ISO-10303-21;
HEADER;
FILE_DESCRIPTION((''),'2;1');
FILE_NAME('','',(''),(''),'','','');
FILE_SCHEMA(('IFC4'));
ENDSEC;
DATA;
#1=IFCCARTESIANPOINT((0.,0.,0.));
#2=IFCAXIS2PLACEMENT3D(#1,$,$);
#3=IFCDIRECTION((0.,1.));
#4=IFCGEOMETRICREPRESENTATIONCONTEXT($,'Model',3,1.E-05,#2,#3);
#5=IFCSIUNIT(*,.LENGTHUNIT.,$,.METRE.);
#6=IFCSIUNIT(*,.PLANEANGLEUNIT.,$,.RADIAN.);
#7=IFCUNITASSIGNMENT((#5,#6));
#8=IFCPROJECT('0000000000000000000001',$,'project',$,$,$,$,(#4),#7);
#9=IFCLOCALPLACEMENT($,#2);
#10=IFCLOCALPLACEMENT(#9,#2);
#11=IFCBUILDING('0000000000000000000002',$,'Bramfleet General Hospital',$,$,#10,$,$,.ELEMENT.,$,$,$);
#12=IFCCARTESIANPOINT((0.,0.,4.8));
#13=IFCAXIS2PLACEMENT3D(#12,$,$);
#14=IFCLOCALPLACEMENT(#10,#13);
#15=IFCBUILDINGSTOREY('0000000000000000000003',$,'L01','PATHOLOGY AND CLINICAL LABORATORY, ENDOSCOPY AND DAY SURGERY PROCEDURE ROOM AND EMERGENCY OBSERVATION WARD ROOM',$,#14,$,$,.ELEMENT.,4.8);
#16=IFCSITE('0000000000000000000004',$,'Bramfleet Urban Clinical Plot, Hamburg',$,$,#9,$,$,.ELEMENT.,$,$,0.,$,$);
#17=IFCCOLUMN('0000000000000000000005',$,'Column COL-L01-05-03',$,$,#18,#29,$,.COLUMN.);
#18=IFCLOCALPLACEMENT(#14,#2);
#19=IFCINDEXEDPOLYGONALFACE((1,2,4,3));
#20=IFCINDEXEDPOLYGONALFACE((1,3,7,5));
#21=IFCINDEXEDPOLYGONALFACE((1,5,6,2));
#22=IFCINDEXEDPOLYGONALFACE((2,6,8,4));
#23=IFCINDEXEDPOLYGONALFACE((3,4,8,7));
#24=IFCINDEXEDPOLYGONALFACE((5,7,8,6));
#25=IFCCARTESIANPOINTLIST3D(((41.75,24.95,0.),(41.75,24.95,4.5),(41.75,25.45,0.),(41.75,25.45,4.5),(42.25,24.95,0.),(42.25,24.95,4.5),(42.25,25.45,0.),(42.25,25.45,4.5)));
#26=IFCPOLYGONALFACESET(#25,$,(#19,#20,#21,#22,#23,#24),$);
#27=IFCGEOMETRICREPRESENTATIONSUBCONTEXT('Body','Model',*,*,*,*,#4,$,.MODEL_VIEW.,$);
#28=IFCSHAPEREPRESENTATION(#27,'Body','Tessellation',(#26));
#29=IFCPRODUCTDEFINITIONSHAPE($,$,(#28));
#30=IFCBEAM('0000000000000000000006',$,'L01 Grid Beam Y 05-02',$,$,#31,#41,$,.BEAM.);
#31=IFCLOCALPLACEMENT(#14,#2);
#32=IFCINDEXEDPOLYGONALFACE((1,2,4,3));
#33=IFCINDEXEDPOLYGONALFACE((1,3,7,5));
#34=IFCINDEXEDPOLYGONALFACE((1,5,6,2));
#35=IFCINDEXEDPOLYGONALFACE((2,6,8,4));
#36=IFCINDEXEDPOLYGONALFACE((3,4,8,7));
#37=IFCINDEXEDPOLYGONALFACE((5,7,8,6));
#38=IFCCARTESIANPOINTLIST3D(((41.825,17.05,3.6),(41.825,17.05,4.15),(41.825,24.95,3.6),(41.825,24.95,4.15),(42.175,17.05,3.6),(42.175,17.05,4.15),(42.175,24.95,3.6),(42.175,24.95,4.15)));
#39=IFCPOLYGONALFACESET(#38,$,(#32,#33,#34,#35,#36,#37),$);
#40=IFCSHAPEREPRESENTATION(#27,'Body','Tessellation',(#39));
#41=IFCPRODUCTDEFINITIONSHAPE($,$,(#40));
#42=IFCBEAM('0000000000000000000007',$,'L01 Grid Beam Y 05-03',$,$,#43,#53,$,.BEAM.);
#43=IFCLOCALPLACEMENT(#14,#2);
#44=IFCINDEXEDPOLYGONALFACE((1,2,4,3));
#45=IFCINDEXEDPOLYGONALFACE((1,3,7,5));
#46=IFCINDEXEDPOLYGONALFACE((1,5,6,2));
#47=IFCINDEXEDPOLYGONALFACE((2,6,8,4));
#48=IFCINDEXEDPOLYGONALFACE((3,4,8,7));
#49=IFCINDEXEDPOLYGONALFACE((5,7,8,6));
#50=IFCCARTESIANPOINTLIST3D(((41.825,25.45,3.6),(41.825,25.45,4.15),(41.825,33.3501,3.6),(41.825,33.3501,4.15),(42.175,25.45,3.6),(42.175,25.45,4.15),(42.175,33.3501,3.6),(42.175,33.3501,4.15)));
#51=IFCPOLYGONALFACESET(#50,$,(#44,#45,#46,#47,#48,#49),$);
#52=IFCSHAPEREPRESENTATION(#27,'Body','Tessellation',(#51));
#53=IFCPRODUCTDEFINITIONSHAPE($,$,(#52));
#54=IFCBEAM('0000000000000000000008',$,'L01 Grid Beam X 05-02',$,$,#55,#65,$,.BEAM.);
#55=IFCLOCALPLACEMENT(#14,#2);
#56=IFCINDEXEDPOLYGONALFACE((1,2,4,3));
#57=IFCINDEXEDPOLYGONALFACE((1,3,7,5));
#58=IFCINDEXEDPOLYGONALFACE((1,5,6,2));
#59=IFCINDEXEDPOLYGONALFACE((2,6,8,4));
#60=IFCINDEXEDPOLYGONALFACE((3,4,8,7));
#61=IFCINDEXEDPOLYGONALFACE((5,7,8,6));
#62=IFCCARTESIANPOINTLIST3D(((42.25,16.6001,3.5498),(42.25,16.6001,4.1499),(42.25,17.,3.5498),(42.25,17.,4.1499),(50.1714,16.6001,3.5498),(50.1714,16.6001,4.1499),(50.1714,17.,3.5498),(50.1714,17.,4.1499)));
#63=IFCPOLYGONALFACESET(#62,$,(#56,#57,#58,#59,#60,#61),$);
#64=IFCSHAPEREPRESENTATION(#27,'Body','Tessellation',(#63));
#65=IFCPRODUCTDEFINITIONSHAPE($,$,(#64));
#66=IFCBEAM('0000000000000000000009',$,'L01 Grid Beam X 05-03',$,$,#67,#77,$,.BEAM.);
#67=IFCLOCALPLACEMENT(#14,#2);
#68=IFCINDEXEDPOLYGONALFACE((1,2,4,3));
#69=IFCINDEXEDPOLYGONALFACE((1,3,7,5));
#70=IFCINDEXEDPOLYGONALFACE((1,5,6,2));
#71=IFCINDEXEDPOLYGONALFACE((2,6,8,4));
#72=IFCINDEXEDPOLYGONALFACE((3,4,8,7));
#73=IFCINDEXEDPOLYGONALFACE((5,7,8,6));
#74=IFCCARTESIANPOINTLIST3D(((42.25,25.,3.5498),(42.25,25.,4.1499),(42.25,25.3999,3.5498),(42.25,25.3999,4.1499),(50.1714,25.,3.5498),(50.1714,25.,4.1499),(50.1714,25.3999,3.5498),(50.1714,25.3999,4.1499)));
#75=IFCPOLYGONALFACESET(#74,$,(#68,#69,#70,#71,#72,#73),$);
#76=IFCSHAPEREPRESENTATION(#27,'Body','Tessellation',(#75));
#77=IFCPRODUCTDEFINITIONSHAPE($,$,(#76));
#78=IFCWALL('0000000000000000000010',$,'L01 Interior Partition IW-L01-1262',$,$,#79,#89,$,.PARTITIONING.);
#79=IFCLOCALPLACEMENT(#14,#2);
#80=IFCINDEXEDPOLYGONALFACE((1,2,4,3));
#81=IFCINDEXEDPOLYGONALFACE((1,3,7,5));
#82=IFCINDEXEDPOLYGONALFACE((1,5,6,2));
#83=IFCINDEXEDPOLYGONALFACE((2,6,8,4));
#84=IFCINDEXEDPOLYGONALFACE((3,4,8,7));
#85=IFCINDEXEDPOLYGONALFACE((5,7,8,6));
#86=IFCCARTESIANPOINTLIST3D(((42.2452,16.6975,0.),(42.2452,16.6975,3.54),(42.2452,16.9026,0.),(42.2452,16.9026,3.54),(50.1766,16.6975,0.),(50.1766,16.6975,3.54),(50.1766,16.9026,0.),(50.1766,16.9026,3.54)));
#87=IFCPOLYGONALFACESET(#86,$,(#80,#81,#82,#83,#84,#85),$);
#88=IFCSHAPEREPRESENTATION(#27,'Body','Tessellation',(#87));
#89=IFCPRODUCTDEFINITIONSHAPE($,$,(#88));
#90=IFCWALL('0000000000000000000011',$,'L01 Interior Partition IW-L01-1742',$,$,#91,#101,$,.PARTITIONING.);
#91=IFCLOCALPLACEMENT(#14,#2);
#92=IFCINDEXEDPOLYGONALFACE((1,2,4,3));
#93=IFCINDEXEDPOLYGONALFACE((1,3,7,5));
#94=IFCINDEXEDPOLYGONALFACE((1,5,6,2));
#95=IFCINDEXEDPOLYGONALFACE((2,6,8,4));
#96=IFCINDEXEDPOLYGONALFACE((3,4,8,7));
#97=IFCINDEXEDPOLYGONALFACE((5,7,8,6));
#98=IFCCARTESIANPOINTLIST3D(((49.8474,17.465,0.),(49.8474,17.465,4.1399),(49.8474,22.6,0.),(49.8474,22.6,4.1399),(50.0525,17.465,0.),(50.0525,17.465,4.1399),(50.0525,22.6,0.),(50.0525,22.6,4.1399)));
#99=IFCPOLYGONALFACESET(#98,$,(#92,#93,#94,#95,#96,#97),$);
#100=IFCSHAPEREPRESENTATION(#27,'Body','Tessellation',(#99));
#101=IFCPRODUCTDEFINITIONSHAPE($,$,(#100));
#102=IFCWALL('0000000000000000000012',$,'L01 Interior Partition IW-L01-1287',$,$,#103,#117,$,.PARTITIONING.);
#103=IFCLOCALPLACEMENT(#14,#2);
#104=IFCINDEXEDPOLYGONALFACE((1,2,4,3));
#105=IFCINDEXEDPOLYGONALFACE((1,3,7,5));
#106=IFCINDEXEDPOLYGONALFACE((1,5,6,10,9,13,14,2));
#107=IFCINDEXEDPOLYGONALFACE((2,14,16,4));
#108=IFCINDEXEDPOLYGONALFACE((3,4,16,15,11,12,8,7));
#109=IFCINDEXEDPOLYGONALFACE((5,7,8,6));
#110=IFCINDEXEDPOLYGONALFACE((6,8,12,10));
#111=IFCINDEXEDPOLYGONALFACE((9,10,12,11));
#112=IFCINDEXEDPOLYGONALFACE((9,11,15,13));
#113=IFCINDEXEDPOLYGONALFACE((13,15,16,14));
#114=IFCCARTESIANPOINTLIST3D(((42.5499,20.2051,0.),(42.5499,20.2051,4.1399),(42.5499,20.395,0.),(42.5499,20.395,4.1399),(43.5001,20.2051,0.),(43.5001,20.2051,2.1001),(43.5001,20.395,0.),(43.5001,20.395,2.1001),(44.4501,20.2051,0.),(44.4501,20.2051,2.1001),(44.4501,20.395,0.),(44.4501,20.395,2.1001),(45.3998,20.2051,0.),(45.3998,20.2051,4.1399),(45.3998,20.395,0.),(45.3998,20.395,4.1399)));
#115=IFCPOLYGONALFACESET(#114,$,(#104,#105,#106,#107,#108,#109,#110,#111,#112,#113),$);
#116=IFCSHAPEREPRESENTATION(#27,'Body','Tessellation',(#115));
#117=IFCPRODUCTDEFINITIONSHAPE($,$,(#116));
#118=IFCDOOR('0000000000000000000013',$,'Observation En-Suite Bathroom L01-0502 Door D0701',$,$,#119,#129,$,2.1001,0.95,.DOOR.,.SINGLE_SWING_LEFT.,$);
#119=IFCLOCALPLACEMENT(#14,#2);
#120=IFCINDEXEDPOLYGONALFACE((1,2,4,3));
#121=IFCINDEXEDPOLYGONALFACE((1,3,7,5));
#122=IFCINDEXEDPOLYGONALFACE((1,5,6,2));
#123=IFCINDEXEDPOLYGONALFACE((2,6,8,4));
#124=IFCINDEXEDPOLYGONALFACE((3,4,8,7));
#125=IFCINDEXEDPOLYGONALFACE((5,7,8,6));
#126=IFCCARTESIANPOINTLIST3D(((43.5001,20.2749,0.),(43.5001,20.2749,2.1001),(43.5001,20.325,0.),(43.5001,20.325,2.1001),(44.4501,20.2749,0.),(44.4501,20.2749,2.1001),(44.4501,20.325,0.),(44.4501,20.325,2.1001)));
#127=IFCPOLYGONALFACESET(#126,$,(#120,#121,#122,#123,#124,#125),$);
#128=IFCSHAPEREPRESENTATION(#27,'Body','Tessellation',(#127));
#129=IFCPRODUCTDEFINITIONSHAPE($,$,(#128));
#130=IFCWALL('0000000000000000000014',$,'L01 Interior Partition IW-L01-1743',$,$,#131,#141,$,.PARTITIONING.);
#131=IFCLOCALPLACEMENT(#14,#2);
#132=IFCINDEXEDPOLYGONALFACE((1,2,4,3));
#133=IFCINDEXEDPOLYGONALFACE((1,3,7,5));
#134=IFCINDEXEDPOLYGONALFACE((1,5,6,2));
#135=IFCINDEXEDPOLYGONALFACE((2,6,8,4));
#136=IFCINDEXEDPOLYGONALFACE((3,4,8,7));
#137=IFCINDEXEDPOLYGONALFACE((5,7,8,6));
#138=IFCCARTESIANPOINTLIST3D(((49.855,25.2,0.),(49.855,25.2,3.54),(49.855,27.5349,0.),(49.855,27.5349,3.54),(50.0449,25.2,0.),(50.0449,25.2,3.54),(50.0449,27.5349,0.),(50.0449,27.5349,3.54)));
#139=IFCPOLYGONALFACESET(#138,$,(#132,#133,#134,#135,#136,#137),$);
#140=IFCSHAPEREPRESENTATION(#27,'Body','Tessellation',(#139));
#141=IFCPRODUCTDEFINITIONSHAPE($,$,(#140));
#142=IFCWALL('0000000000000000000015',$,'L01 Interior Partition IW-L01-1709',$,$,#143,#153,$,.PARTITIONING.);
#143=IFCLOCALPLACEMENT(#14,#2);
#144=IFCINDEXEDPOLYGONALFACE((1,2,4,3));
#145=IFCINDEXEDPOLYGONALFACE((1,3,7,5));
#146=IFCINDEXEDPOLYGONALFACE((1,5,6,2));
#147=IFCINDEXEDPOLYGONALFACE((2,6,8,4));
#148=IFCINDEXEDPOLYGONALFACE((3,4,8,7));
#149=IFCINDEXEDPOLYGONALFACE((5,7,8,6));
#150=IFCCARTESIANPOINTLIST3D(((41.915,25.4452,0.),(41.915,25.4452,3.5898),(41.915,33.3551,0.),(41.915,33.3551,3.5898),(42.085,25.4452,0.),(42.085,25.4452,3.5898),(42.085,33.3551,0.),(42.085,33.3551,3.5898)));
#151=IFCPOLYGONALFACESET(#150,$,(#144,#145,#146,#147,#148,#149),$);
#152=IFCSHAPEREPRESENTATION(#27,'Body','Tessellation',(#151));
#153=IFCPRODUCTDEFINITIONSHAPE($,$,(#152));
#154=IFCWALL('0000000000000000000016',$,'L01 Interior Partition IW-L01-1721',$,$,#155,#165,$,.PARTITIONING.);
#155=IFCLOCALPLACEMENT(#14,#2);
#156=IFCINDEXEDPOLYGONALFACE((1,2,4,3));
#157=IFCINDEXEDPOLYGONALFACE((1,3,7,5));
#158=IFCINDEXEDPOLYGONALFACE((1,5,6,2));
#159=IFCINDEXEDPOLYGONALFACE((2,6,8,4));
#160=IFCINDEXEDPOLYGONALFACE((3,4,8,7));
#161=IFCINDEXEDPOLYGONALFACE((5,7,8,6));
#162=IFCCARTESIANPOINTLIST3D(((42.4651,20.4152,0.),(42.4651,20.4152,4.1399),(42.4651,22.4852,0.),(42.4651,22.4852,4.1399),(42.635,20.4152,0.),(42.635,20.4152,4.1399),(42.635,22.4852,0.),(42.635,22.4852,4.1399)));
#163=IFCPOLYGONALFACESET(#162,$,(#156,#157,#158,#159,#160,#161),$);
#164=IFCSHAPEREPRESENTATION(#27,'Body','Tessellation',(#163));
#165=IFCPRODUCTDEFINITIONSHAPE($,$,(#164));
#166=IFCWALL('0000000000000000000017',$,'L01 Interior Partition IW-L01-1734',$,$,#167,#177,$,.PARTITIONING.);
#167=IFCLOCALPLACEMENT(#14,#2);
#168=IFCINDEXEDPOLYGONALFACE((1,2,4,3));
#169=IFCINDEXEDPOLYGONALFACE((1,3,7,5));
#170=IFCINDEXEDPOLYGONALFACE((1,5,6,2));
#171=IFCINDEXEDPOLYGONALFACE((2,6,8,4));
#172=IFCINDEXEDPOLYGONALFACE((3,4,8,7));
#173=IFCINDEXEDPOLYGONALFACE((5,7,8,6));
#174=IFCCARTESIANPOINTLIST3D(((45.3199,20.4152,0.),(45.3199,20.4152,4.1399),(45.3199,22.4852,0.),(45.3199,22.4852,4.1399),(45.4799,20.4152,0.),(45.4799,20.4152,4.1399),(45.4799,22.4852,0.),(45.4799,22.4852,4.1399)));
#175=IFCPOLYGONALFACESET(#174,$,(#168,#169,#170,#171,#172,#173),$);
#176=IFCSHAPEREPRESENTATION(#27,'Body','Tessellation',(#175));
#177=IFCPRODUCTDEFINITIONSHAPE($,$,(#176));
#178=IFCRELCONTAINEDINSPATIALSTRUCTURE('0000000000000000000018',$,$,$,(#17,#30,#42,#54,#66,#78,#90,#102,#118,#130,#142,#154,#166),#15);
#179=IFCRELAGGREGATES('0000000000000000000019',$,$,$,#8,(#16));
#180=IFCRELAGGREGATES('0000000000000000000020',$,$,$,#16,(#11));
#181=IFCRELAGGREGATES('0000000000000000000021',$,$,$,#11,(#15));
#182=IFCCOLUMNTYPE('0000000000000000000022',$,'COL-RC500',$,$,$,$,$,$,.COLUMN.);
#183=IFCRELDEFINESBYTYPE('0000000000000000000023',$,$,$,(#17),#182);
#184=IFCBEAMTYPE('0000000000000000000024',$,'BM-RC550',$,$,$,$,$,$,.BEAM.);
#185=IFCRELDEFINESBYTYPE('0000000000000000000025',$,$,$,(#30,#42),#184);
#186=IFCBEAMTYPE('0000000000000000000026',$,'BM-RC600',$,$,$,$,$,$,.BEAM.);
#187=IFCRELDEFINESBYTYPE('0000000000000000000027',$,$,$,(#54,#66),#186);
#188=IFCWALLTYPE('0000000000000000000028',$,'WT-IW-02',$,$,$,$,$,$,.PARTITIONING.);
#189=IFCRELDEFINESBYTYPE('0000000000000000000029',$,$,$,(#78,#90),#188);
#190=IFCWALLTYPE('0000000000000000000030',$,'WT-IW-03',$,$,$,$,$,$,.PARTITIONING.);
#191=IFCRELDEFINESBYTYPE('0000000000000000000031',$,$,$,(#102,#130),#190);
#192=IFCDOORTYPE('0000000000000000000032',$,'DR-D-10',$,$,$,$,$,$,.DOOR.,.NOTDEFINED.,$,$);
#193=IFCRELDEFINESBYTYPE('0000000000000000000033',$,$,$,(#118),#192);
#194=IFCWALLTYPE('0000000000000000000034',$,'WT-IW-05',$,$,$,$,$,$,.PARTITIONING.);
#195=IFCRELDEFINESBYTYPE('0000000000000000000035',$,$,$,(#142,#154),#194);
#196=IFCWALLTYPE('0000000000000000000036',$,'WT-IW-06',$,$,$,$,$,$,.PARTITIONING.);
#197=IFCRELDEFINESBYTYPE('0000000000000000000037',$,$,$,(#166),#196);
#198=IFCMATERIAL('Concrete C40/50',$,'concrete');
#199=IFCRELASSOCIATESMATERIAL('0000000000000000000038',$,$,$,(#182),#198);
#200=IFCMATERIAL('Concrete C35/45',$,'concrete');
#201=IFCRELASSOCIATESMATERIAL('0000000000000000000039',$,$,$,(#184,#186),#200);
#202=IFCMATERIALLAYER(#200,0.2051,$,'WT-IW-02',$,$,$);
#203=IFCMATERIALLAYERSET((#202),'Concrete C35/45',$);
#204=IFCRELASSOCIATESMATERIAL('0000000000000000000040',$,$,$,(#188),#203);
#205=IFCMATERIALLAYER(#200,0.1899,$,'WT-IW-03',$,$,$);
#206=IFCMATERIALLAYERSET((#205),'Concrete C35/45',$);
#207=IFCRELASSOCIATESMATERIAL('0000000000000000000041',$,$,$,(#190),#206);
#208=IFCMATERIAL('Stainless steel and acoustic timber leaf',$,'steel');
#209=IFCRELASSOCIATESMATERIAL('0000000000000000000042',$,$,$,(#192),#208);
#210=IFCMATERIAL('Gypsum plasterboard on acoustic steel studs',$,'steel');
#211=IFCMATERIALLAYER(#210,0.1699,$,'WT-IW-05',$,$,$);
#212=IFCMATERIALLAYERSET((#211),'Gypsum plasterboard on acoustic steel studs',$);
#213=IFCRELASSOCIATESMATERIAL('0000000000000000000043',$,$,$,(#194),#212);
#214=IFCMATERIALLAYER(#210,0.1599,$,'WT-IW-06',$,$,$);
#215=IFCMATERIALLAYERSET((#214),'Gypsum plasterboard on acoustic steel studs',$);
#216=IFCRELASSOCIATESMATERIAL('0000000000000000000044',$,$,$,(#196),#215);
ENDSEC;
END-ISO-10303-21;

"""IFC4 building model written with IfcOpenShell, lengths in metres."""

from ifc_helpers import new_model, si_unit, direction, frame, frame_2d, origin, origin_2d, place, context, subcontext, project, spatial, rectangle, extrude, material, layer, layer_set, material_profile, profile_set, type_object, element, fill, save


model = new_model("IFC4")

# Units and contexts
model_context = context("Model", 3, precision=1e-05, world=origin(), true_north=direction((0.0, 1.0)))
body_context = subcontext(model_context, "Body", "Model", "MODEL_VIEW")
ifc_project = project(units=[si_unit("LENGTHUNIT", "METRE"), si_unit("PLANEANGLEUNIT", "RADIAN")], contexts=[model_context])

# Site, building, storey
site_placement = place(None, origin())
site = spatial("IfcSite", under=ifc_project, at=site_placement, Name="Bramfleet Urban Clinical Plot, Hamburg", CompositionType="ELEMENT", RefElevation=0.0)
building_placement = place(site_placement, origin())
building = spatial("IfcBuilding", under=site, at=building_placement, Name="Bramfleet General Hospital", CompositionType="ELEMENT")
storey_placement = place(building_placement, frame((0.0, 0.0, 4.8)))
storey = spatial("IfcBuildingStorey", under=building, at=storey_placement, Name="L01", Description="PATHOLOGY AND CLINICAL LABORATORY, ENDOSCOPY AND DAY SURGERY PROCEDURE ROOM AND EMERGENCY OBSERVATION WARD ROOM", CompositionType="ELEMENT", Elevation=4.8)

# Column
ifc_material_1 = material(Name="Concrete C40/50", Category="concrete")
ifc_material_profile_1 = material_profile(ifc_material_1, rectangle(XDim=0.5, YDim=0.5, at=origin_2d()), Name="RC COL 500x500")
ifc_profile_set_1 = profile_set([ifc_material_profile_1], Name="Concrete C40/50")
column_type = type_object("IfcColumnType", Name="COL-RC500", PredefinedType="COLUMN", material=ifc_profile_set_1)
column_placement = place(storey_placement, frame((42.0, 25.2, 0.0), z_axis=(0.0, 0.0, 1.0), x_axis=(1.0, 0.0, 0.0)))
element("IfcColumn", 1, at=column_placement, inside=storey, type_object=column_type, Name="Column COL-L01-05-03", PredefinedType="COLUMN", context=body_context, shape_type="SweptSolid", body=[
    extrude(rectangle(XDim=0.5, YDim=0.5, at=origin_2d()), origin(), (0.0, 0.0, 1.0), 4.5),
])

# Beams
ifc_material_2 = material(Name="Concrete C35/45", Category="concrete")
ifc_material_profile_2 = material_profile(ifc_material_2, rectangle(XDim=0.3501, YDim=0.55, at=origin_2d()), Name="RC BM 550x350")
ifc_profile_set_2 = profile_set([ifc_material_profile_2], Name="Concrete C35/45")
beam_type_1 = type_object("IfcBeamType", Name="BM-RC550", PredefinedType="BEAM", material=ifc_profile_set_2)
beam_1_placement = place(storey_placement, frame((42.0, 17.05, 3.875), z_axis=(0.0, 1.0, 0.0), x_axis=(-1.0, 0.0, 0.0)))
element("IfcBeam", 2, at=beam_1_placement, inside=storey, type_object=beam_type_1, Name="L01 Grid Beam Y 05-02", PredefinedType="BEAM", context=body_context, shape_type="SweptSolid", body=[
    extrude(rectangle(XDim=0.3501, YDim=0.55, at=origin_2d()), origin(), (0.0, 0.0, 1.0), 7.8999),
])
beam_2_placement = place(storey_placement, frame((42.0, 25.45, 3.875), z_axis=(0.0, 1.0, 0.0), x_axis=(-1.0, 0.0, 0.0)))
element("IfcBeam", 3, at=beam_2_placement, inside=storey, type_object=beam_type_1, Name="L01 Grid Beam Y 05-03", PredefinedType="BEAM", context=body_context, shape_type="SweptSolid", body=[
    extrude(rectangle(XDim=0.3501, YDim=0.55, at=origin_2d()), origin(), (0.0, 0.0, 1.0), 7.9001),
])
ifc_material_profile_3 = material_profile(ifc_material_2, rectangle(XDim=0.3999, YDim=0.6001, at=origin_2d()), Name="RC BM 600x400")
ifc_profile_set_3 = profile_set([ifc_material_profile_3], Name="Concrete C35/45")
beam_type_2 = type_object("IfcBeamType", Name="BM-RC600", PredefinedType="BEAM", material=ifc_profile_set_3)
for number, where, z_axis, x_axis, name in (
    (4, (42.25, 16.8, 3.8499), (1.0, 0.0, 0.0), (0.0, 1.0, 0.0), "L01 Grid Beam X 05-02"),
    (5, (42.25, 25.2, 3.8499), (1.0, 0.0, 0.0), (0.0, 1.0, 0.0), "L01 Grid Beam X 05-03"),
):
    element("IfcBeam", number, at=place(storey_placement, frame(where, z_axis=z_axis, x_axis=x_axis)), inside=storey, type_object=beam_type_2, Name=name, PredefinedType="BEAM", context=body_context, shape_type="SweptSolid", body=[
        extrude(rectangle(XDim=0.3999, YDim=0.6001, at=origin_2d()), origin(), (0.0, 0.0, 1.0), 7.9214),
    ])

# Walls
ifc_layer_1 = layer(ifc_material_2, 0.2051, Name="WT-IW-02")
ifc_layer_set_1 = layer_set([ifc_layer_1], Name="Concrete C35/45")
wall_type_1 = type_object("IfcWallType", Name="WT-IW-02", PredefinedType="PARTITIONING", material=ifc_layer_set_1)
wall_1_placement = place(storey_placement, frame((42.2451, 16.8, 0.0), z_axis=(0.0, 0.0, 1.0), x_axis=(1.0, 0.0, 0.0)))
element("IfcWall", 6, at=wall_1_placement, inside=storey, type_object=wall_type_1, Name="L01 Interior Partition IW-L01-1262", PredefinedType="PARTITIONING", context=body_context, shape_type="SweptSolid", body=[
    extrude(rectangle(XDim=7.9314, YDim=0.2051, at=frame_2d((3.9658, 0.0))), origin(), (0.0, 0.0, 1.0), 3.54),
])
wall_2_placement = place(storey_placement, frame((49.95, 17.4651, 0.0), z_axis=(0.0, 0.0, 1.0), x_axis=(0.0, 1.0, 0.0)))
element("IfcWall", 7, at=wall_2_placement, inside=storey, type_object=wall_type_1, Name="L01 Interior Partition IW-L01-1742", PredefinedType="PARTITIONING", context=body_context, shape_type="SweptSolid", body=[
    extrude(rectangle(XDim=5.135, YDim=0.2051, at=frame_2d((2.5674, 0.0))), origin(), (0.0, 0.0, 1.0), 4.1399),
])

# Wall, opening, door
ifc_layer_2 = layer(ifc_material_2, 0.1899, Name="WT-IW-03")
ifc_layer_set_2 = layer_set([ifc_layer_2], Name="Concrete C35/45")
wall_type_2 = type_object("IfcWallType", Name="WT-IW-03", PredefinedType="PARTITIONING", material=ifc_layer_set_2)
wall_3_placement = place(storey_placement, frame((42.55, 20.3, 0.0), z_axis=(0.0, 0.0, 1.0), x_axis=(1.0, 0.0, 0.0)))
wall_3 = element("IfcWall", 8, at=wall_3_placement, inside=storey, type_object=wall_type_2, Name="L01 Interior Partition IW-L01-1287", PredefinedType="PARTITIONING", context=body_context, shape_type="SweptSolid", body=[
    extrude(rectangle(XDim=2.8499, YDim=0.1899, at=frame_2d((1.4248, 0.0))), origin(), (0.0, 0.0, 1.0), 4.1399),
])
opening_1_placement = place(wall_3_placement, frame((0.95, 0.0, 0.0)))
opening_1 = element("IfcOpeningElement", 9, at=opening_1_placement, cuts=wall_3, PredefinedType="OPENING", context=body_context, shape_type="SweptSolid", body=[
    extrude(rectangle(XDim=0.95, YDim=2.1001, at=frame_2d((0.4751, 1.05))), frame((0.0, 0.105, 0.0), z_axis=(0.0, -1.0, 0.0), x_axis=(1.0, 0.0, 0.0)), (0.0, 0.0, 1.0), 0.21),
])
ifc_material_3 = material(Name="Stainless steel and acoustic timber leaf", Category="steel")
door_type_1 = type_object("IfcDoorType", Name="DR-D-10", OperationType="NOTDEFINED", PredefinedType="DOOR", material=ifc_material_3)
door_1_placement = place(opening_1_placement, origin())
door_1 = element("IfcDoor", 10, at=door_1_placement, inside=storey, type_object=door_type_1, Name="Observation En-Suite Bathroom L01-0502 Door D0701", OperationType="SINGLE_SWING_LEFT", OverallHeight=2.1001, OverallWidth=0.95, PredefinedType="DOOR", context=body_context, shape_type="SweptSolid", body=[
    extrude(rectangle(XDim=0.95, YDim=2.1001, at=frame_2d((0.4751, 1.05))), frame((0.0, 0.0249, 0.0), z_axis=(0.0, -1.0, 0.0), x_axis=(1.0, 0.0, 0.0)), (0.0, 0.0, 1.0), 0.05),
])
fill(opening_1, door_1)

# Walls
wall_4_placement = place(storey_placement, frame((49.95, 25.2, 0.0), z_axis=(0.0, 0.0, 1.0), x_axis=(0.0, 1.0, 0.0)))
element("IfcWall", 11, at=wall_4_placement, inside=storey, type_object=wall_type_2, Name="L01 Interior Partition IW-L01-1743", PredefinedType="PARTITIONING", context=body_context, shape_type="SweptSolid", body=[
    extrude(rectangle(XDim=2.335, YDim=0.1899, at=frame_2d((1.1675, 0.0))), origin(), (0.0, 0.0, 1.0), 3.54),
])
ifc_material_4 = material(Name="Gypsum plasterboard on acoustic steel studs", Category="steel")
ifc_layer_3 = layer(ifc_material_4, 0.1699, Name="WT-IW-05")
ifc_layer_set_3 = layer_set([ifc_layer_3], Name="Gypsum plasterboard on acoustic steel studs")
wall_type_3 = type_object("IfcWallType", Name="WT-IW-05", PredefinedType="PARTITIONING", material=ifc_layer_set_3)
wall_5_placement = place(storey_placement, frame((42.0, 25.4451, 0.0), z_axis=(0.0, 0.0, 1.0), x_axis=(0.0, 1.0, 0.0)))
element("IfcWall", 12, at=wall_5_placement, inside=storey, type_object=wall_type_3, Name="L01 Interior Partition IW-L01-1709", PredefinedType="PARTITIONING", context=body_context, shape_type="SweptSolid", body=[
    extrude(rectangle(XDim=7.9099, YDim=0.1699, at=frame_2d((3.9551, 0.0))), origin(), (0.0, 0.0, 1.0), 3.5898),
])
wall_6_placement = place(storey_placement, frame((42.55, 20.415, 0.0), z_axis=(0.0, 0.0, 1.0), x_axis=(0.0, 1.0, 0.0)))
element("IfcWall", 13, at=wall_6_placement, inside=storey, type_object=wall_type_3, Name="L01 Interior Partition IW-L01-1721", PredefinedType="PARTITIONING", context=body_context, shape_type="SweptSolid", body=[
    extrude(rectangle(XDim=2.0701, YDim=0.1699, at=frame_2d((1.0352, 0.0))), origin(), (0.0, 0.0, 1.0), 4.1399),
])
ifc_layer_4 = layer(ifc_material_4, 0.1599, Name="WT-IW-06")
ifc_layer_set_4 = layer_set([ifc_layer_4], Name="Gypsum plasterboard on acoustic steel studs")
wall_type_4 = type_object("IfcWallType", Name="WT-IW-06", PredefinedType="PARTITIONING", material=ifc_layer_set_4)
wall_7_placement = place(storey_placement, frame((45.3999, 20.415, 0.0), z_axis=(0.0, 0.0, 1.0), x_axis=(0.0, 1.0, 0.0)))
element("IfcWall", 14, at=wall_7_placement, inside=storey, type_object=wall_type_4, Name="L01 Interior Partition IW-L01-1734", PredefinedType="PARTITIONING", context=body_context, shape_type="SweptSolid", body=[
    extrude(rectangle(XDim=2.0701, YDim=0.1599, at=frame_2d((1.0352, 0.0))), origin(), (0.0, 0.0, 1.0), 4.1399),
])

save(model, "model.ifc")
